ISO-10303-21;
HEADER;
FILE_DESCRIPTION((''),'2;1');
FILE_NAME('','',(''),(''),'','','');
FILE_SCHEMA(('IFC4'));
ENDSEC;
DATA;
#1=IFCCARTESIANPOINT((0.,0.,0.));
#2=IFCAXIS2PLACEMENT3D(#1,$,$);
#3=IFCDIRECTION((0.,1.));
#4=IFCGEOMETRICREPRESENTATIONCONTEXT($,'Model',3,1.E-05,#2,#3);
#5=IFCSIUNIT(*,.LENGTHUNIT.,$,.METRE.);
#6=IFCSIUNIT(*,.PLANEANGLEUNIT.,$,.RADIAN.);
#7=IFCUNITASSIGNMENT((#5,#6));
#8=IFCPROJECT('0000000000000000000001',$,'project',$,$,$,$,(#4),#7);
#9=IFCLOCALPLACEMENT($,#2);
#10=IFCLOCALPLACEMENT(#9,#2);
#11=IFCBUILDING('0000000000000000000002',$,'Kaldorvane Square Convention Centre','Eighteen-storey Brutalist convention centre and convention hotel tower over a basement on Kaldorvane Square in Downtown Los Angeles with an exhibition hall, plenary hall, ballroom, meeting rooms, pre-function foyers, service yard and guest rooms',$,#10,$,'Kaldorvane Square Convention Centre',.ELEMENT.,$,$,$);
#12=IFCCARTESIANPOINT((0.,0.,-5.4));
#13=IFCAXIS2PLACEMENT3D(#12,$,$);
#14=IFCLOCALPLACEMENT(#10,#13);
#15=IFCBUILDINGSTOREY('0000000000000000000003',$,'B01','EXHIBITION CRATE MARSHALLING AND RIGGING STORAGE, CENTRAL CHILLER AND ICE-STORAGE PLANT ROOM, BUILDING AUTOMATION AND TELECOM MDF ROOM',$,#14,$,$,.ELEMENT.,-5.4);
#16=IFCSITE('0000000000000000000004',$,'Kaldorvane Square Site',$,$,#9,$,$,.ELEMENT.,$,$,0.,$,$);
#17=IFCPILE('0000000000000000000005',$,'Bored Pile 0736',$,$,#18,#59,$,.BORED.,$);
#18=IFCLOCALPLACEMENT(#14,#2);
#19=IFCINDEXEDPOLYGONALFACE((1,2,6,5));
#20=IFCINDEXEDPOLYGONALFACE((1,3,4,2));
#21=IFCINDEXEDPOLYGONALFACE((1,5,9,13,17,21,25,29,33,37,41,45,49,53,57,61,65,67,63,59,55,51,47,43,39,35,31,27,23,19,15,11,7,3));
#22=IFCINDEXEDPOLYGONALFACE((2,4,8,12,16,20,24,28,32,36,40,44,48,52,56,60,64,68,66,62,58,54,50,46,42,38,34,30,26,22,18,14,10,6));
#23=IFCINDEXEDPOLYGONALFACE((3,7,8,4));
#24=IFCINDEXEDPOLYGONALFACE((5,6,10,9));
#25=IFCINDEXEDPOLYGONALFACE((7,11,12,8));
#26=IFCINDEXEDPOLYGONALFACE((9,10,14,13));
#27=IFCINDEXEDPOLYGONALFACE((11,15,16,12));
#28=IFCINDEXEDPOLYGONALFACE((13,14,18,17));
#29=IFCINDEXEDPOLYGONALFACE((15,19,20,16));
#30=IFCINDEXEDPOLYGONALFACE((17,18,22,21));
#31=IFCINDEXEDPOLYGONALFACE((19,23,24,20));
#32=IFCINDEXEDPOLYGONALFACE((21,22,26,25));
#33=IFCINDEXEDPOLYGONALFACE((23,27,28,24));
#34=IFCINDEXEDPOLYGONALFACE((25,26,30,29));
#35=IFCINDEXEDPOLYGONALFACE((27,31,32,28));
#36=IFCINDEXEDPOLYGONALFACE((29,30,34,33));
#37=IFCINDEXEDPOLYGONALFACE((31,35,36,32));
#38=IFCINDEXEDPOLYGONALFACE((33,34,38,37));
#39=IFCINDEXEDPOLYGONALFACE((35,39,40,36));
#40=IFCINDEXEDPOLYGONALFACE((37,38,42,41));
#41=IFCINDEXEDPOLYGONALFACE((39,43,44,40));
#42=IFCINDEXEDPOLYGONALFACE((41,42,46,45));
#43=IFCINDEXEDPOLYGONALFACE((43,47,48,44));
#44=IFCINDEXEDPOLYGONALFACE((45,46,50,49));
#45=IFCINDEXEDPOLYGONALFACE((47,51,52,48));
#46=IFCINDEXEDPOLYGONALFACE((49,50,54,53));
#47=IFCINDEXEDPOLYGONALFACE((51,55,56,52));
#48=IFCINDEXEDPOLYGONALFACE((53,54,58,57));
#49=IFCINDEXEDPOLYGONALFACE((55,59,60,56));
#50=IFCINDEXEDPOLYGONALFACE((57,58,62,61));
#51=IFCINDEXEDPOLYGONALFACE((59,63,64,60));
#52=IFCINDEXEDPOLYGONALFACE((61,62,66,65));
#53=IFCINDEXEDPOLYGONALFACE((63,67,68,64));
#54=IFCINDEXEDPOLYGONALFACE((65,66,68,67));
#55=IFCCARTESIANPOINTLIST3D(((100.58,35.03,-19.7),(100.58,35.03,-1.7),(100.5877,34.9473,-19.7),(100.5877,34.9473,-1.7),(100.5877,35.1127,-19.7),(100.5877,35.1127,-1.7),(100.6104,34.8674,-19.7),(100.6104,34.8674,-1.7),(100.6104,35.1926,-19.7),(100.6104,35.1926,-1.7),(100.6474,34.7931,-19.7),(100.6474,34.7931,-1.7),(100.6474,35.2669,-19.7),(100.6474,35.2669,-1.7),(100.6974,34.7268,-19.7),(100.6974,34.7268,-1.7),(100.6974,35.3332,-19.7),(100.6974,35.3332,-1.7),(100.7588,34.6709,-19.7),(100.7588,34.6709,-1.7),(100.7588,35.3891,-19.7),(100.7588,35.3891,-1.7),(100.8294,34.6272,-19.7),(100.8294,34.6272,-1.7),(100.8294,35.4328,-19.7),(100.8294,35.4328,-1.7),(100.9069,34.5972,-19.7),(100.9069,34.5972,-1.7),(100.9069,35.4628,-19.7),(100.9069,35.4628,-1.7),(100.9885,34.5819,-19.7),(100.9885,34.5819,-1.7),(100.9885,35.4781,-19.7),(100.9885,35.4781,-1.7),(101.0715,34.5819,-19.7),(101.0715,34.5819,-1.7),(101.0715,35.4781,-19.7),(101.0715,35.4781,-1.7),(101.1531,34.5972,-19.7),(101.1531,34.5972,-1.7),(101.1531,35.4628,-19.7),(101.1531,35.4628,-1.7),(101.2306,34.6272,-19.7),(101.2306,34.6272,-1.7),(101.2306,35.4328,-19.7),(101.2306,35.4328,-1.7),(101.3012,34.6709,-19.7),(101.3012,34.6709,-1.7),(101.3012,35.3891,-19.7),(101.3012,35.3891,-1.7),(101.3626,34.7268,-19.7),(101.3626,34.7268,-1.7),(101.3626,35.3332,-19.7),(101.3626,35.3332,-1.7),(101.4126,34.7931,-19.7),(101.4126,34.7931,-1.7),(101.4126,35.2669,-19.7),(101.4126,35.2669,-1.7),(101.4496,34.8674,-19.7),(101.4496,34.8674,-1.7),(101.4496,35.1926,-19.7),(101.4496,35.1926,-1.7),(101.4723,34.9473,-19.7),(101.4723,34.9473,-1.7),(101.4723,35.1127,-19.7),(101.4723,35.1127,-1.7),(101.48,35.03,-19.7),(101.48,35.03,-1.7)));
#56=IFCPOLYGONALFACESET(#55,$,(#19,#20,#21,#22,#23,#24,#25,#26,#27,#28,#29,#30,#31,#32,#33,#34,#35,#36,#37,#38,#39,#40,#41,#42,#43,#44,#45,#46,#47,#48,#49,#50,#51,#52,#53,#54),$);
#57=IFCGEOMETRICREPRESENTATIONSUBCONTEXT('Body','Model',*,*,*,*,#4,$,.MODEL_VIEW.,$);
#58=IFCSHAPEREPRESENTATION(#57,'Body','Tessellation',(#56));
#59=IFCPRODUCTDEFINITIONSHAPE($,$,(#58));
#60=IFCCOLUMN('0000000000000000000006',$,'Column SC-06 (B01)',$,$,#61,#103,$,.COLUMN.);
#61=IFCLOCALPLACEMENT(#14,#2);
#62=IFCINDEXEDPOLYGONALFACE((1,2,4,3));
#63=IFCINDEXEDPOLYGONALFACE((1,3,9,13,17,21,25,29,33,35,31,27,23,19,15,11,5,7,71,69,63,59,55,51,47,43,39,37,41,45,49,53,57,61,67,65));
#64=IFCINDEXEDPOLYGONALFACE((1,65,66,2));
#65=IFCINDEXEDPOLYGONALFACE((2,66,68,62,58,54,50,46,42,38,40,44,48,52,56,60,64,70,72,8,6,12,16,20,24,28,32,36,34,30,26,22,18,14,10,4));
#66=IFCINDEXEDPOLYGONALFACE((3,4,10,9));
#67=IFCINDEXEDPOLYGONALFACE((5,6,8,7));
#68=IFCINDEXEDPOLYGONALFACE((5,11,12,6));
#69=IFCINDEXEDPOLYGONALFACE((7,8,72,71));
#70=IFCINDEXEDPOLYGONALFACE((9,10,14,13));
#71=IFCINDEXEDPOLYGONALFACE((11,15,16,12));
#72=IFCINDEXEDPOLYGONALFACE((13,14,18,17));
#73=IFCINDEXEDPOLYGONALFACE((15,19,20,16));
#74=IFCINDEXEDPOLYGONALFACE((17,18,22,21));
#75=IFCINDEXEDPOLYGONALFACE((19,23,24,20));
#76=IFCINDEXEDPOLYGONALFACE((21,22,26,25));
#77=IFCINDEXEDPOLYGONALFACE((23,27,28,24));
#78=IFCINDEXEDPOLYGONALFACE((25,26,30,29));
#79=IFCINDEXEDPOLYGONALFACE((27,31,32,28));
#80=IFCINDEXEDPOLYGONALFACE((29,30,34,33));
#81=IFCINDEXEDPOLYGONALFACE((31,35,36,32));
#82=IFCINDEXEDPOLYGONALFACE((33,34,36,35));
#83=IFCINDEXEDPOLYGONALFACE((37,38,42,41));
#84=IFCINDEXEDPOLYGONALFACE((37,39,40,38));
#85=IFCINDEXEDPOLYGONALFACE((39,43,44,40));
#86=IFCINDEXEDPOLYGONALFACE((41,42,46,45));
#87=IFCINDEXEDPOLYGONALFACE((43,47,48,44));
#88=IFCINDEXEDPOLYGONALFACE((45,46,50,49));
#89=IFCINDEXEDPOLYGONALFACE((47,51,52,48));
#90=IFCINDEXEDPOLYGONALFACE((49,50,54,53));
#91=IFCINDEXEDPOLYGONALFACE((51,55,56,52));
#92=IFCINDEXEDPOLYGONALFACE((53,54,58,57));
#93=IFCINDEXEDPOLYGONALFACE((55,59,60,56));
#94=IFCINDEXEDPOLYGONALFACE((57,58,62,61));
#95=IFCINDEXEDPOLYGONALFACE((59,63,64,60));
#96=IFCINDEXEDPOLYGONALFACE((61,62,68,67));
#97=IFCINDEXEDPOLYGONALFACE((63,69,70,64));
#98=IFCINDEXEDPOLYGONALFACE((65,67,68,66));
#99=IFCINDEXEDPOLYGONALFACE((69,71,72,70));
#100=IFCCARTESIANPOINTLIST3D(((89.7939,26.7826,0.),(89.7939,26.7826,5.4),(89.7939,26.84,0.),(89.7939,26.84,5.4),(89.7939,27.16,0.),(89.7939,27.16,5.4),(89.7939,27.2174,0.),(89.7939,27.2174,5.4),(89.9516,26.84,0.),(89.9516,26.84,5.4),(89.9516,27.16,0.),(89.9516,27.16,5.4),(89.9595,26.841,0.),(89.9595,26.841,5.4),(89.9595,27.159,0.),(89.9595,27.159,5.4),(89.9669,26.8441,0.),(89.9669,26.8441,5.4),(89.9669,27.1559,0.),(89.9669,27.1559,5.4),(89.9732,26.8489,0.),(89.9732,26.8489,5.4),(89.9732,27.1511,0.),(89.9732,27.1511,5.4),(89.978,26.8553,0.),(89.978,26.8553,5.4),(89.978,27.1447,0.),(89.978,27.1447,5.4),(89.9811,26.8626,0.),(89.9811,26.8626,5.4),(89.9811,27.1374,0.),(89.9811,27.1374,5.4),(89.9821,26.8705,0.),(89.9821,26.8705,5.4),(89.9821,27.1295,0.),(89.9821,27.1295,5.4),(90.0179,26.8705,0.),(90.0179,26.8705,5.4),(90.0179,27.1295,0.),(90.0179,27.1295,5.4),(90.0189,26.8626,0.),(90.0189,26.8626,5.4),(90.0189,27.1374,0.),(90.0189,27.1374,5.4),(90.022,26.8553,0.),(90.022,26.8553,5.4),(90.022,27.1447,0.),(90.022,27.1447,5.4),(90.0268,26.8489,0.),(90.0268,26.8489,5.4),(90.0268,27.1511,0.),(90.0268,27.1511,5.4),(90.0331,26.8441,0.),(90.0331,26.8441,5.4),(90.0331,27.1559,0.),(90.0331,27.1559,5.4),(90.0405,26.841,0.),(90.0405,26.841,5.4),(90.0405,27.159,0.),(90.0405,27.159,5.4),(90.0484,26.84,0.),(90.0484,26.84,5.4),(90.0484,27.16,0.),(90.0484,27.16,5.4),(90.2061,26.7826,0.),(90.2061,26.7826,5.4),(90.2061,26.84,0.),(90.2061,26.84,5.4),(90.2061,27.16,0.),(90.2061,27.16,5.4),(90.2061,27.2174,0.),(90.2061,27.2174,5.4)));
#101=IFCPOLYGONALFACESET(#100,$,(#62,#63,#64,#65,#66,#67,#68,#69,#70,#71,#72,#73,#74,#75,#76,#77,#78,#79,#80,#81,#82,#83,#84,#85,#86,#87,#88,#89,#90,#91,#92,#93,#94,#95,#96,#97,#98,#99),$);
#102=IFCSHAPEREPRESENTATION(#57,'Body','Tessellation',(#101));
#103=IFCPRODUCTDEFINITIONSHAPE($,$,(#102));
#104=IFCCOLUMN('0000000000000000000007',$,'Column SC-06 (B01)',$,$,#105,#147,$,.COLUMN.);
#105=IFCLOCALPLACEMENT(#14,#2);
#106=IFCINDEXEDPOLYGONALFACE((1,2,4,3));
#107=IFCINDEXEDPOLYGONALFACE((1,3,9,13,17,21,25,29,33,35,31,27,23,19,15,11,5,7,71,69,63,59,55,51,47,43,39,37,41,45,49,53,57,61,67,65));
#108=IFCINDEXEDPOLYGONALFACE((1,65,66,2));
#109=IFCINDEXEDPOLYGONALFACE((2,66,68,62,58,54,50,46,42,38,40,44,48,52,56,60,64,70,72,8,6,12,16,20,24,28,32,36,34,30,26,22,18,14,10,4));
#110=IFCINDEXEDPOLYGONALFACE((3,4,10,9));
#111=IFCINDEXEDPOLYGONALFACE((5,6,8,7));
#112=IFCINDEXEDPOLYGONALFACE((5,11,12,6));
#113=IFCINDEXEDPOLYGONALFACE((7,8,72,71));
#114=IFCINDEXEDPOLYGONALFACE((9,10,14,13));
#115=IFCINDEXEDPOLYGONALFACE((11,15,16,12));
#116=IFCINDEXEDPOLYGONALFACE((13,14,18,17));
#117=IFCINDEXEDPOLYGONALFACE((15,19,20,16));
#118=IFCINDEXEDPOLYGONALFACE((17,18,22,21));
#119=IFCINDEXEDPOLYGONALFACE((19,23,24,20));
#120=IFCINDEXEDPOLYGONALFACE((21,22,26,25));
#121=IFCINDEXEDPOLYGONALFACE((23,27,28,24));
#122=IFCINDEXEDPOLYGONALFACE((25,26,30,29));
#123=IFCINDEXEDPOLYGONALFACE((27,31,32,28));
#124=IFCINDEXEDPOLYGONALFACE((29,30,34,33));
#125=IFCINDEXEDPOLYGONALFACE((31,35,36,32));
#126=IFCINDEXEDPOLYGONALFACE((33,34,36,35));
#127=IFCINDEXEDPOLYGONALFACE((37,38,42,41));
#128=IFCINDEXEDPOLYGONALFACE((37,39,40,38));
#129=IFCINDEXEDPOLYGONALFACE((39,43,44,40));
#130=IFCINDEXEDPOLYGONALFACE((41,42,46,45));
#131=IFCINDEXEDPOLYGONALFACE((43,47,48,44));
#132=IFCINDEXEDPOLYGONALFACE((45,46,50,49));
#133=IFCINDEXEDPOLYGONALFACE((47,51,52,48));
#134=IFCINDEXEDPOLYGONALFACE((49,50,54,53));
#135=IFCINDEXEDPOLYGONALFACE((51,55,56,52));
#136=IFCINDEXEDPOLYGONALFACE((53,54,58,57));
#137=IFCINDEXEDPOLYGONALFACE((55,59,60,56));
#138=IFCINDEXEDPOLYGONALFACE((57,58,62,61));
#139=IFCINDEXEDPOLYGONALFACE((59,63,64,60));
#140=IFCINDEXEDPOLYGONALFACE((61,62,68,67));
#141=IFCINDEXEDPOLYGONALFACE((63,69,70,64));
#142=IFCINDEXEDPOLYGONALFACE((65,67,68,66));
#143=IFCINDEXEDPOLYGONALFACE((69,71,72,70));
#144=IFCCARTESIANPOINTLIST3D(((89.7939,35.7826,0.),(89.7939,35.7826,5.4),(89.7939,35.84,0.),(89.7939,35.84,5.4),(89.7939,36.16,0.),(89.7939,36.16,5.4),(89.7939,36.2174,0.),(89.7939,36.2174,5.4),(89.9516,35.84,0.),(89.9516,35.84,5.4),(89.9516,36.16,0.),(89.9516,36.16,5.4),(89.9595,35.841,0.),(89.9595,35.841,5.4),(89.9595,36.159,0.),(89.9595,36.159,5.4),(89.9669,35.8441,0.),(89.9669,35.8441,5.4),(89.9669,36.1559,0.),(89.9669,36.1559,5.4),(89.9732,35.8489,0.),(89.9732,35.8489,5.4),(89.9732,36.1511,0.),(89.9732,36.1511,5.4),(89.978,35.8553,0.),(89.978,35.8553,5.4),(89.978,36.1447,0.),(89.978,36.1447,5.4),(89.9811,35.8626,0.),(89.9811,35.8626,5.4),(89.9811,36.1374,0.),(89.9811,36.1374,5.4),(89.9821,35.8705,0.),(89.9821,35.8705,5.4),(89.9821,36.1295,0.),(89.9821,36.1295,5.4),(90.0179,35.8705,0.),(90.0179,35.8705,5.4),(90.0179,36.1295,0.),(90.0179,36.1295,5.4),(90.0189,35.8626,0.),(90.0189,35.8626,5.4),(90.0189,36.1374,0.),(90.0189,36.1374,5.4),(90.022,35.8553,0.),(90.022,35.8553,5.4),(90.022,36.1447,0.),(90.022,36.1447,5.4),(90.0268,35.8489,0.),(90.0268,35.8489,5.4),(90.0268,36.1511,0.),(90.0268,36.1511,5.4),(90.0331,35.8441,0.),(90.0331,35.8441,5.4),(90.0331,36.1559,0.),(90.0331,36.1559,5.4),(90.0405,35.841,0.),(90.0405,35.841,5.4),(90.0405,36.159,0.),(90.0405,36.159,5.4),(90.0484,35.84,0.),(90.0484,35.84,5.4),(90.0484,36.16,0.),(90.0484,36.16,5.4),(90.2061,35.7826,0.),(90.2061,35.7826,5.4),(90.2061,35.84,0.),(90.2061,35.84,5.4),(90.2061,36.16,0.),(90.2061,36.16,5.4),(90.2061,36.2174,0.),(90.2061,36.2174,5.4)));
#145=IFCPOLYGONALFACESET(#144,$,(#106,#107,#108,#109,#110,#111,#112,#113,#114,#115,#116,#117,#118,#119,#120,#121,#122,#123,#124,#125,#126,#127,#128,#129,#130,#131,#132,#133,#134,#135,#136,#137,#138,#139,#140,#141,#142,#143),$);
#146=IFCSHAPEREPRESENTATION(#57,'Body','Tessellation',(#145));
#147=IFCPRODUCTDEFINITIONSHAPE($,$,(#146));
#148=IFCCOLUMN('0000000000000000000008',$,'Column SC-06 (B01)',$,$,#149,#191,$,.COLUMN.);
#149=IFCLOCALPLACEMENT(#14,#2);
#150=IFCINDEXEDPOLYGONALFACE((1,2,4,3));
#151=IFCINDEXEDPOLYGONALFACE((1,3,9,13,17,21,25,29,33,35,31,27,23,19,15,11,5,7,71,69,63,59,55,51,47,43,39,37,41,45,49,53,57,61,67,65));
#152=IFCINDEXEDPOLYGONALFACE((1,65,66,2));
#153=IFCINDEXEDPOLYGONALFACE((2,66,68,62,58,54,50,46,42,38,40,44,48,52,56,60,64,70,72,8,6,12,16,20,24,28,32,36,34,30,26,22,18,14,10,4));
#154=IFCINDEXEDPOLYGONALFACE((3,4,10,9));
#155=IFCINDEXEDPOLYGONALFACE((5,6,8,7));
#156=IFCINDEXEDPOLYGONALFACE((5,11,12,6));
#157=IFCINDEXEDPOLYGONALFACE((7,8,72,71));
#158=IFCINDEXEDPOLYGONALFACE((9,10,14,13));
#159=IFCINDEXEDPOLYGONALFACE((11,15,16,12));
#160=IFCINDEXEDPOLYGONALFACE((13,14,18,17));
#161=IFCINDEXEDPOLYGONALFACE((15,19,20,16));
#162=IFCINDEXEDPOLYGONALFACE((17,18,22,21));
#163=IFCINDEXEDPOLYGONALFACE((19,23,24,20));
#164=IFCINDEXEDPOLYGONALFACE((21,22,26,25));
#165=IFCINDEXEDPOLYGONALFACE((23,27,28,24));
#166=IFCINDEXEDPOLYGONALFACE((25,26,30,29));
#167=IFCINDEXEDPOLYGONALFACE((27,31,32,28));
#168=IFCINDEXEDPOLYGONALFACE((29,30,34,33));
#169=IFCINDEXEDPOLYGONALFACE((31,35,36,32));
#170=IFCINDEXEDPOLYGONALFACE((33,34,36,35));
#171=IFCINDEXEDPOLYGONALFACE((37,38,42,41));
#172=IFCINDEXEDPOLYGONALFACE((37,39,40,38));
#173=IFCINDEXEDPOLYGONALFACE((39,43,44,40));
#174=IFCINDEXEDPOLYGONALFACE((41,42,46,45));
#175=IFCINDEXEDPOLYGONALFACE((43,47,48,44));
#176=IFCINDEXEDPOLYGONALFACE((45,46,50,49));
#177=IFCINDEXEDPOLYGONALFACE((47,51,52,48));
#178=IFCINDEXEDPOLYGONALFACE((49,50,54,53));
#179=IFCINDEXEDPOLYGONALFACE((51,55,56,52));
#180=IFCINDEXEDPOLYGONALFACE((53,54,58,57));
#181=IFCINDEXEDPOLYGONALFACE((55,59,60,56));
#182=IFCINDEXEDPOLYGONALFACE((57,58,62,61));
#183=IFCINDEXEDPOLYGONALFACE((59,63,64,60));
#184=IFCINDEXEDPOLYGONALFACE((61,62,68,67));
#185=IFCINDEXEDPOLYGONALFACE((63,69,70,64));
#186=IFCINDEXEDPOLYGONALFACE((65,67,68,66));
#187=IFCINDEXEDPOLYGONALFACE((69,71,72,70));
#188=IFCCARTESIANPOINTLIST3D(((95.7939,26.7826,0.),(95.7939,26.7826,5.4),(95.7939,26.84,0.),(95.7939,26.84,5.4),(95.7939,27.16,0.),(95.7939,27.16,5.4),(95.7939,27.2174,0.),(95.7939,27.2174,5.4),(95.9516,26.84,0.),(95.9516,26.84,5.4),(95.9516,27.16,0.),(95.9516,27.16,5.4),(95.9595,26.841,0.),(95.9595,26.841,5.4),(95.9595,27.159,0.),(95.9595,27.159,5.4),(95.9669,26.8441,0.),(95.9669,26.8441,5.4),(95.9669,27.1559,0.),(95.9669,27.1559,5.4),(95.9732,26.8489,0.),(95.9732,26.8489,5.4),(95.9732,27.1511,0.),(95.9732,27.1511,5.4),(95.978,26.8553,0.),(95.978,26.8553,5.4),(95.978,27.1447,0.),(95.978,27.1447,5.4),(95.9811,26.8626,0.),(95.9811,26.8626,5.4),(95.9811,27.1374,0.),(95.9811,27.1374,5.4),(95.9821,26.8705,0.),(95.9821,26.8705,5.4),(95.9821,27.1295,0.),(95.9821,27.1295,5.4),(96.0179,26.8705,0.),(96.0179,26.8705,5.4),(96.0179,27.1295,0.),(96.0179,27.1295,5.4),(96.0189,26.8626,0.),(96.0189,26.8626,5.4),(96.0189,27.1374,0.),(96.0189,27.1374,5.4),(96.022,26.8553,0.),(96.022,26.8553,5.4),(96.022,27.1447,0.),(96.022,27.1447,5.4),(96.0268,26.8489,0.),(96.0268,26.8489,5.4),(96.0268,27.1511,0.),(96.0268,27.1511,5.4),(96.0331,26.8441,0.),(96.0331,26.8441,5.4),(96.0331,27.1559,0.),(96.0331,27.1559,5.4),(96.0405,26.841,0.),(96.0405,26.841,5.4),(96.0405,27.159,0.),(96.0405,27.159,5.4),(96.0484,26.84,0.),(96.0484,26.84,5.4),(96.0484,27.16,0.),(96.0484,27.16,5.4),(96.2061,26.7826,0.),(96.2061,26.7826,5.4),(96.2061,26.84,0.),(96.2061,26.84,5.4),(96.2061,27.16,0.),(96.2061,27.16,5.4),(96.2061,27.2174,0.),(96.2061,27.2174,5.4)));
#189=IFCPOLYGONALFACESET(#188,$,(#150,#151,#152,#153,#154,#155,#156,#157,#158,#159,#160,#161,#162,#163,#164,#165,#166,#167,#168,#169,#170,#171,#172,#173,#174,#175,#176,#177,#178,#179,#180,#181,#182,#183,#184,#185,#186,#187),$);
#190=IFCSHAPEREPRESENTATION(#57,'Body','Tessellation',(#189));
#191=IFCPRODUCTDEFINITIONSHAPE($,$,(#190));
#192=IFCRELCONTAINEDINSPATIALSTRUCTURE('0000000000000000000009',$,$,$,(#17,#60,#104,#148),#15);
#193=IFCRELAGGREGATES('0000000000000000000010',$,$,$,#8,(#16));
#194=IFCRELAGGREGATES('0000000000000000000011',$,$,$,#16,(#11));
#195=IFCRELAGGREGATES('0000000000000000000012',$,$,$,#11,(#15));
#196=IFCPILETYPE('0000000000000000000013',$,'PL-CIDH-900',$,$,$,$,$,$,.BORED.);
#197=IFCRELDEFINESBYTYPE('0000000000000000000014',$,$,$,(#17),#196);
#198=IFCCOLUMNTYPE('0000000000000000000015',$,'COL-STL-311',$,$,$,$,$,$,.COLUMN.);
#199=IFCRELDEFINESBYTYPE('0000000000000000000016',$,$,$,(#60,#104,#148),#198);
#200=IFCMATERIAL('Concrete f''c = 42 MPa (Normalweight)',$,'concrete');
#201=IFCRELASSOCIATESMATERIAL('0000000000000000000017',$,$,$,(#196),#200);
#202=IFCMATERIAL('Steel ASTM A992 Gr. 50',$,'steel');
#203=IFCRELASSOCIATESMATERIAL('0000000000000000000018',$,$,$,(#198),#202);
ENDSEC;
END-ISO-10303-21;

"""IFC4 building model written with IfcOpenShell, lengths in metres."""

from ifc_helpers import new_model, si_unit, direction, frame, origin, origin_2d, place, context, subcontext, project, spatial, circle, i_section, extrude, material, material_profile, profile_set, type_object, element, save


model = new_model("IFC4")

# Units and contexts
model_context = context("Model", 3, precision=1e-05, world=origin(), true_north=direction((0.0, 1.0)))
body_context = subcontext(model_context, "Body", "Model", "MODEL_VIEW")
ifc_project = project(units=[si_unit("LENGTHUNIT", "METRE"), si_unit("PLANEANGLEUNIT", "RADIAN")], contexts=[model_context])

# Site, building, storey
site_placement = place(None, origin())
site = spatial("IfcSite", under=ifc_project, at=site_placement, Name="Kaldorvane Square Site", CompositionType="ELEMENT", RefElevation=0.0)
building_placement = place(site_placement, origin())
building = spatial("IfcBuilding", under=site, at=building_placement, Name="Kaldorvane Square Convention Centre", Description="Eighteen-storey Brutalist convention centre and convention hotel tower over a basement on Kaldorvane Square in Downtown Los Angeles with an exhibition hall, plenary hall, ballroom, meeting rooms, pre-function foyers, service yard and guest rooms", LongName="Kaldorvane Square Convention Centre", CompositionType="ELEMENT")
storey_placement = place(building_placement, frame((0.0, 0.0, -5.4)))
storey = spatial("IfcBuildingStorey", under=building, at=storey_placement, Name="B01", Description="EXHIBITION CRATE MARSHALLING AND RIGGING STORAGE, CENTRAL CHILLER AND ICE-STORAGE PLANT ROOM, BUILDING AUTOMATION AND TELECOM MDF ROOM", CompositionType="ELEMENT", Elevation=-5.4)

# Shared definitions
ifc_material_1 = material(Name="Concrete f'c = 42 MPa (Normalweight)", Category="concrete")

# Pile
ifc_material_profile_1 = material_profile(ifc_material_1, circle(Radius=0.45, at=origin_2d()), Name="PILE-D900")
ifc_profile_set_1 = profile_set([ifc_material_profile_1], Name="Concrete f'c = 42 MPa (Normalweight)")
pile_type = type_object("IfcPileType", Name="PL-CIDH-900", PredefinedType="BORED", material=ifc_profile_set_1)
for number, where, z_axis, x_axis, name in (
    (1, (101.03, 35.03, -1.7), (0.0, 0.0, -1.0), (1.0, 0.0, 0.0), "Bored Pile 0736"),
):
    element("IfcPile", number, at=place(storey_placement, frame(where, z_axis=z_axis, x_axis=x_axis)), inside=storey, type_object=pile_type, Name=name, PredefinedType="BORED", context=body_context, shape_type="SweptSolid", body=[
        extrude(circle(Radius=0.45, at=origin_2d()), origin(), (0.0, 0.0, 1.0), 18.0),
    ])

# Columns
ifc_material_2 = material(Name="Steel ASTM A992 Gr. 50", Category="steel")
ifc_material_profile_2 = material_profile(ifc_material_2, i_section(OverallWidth=0.4122, OverallDepth=0.4348, WebThickness=0.0358, FlangeThickness=0.0574, FilletRadius=0.0305, at=origin_2d()), Name="W14X311")
ifc_profile_set_2 = profile_set([ifc_material_profile_2], Name="Steel ASTM A992 Gr. 50")
column_type = type_object("IfcColumnType", Name="COL-STL-311", PredefinedType="COLUMN", material=ifc_profile_set_2)
for number, where, z_axis, x_axis, name in (
    (2, (90.0, 27.0, 0.0), (0.0, 0.0, 1.0), (1.0, 0.0, 0.0), "Column SC-06 (B01)"),
    (3, (90.0, 36.0, 0.0), (0.0, 0.0, 1.0), (1.0, 0.0, 0.0), "Column SC-06 (B01)"),
    (4, (96.0, 27.0, 0.0), (0.0, 0.0, 1.0), (1.0, 0.0, 0.0), "Column SC-06 (B01)"),
):
    element("IfcColumn", number, at=place(storey_placement, frame(where, z_axis=z_axis, x_axis=x_axis)), inside=storey, type_object=column_type, Name=name, PredefinedType="COLUMN", context=body_context, shape_type="SweptSolid", body=[
        extrude(i_section(OverallWidth=0.4122, OverallDepth=0.4348, WebThickness=0.0358, FlangeThickness=0.0574, FilletRadius=0.0305, at=origin_2d()), origin(), (0.0, 0.0, 1.0), 5.4),
    ])

save(model, "model.ifc")
